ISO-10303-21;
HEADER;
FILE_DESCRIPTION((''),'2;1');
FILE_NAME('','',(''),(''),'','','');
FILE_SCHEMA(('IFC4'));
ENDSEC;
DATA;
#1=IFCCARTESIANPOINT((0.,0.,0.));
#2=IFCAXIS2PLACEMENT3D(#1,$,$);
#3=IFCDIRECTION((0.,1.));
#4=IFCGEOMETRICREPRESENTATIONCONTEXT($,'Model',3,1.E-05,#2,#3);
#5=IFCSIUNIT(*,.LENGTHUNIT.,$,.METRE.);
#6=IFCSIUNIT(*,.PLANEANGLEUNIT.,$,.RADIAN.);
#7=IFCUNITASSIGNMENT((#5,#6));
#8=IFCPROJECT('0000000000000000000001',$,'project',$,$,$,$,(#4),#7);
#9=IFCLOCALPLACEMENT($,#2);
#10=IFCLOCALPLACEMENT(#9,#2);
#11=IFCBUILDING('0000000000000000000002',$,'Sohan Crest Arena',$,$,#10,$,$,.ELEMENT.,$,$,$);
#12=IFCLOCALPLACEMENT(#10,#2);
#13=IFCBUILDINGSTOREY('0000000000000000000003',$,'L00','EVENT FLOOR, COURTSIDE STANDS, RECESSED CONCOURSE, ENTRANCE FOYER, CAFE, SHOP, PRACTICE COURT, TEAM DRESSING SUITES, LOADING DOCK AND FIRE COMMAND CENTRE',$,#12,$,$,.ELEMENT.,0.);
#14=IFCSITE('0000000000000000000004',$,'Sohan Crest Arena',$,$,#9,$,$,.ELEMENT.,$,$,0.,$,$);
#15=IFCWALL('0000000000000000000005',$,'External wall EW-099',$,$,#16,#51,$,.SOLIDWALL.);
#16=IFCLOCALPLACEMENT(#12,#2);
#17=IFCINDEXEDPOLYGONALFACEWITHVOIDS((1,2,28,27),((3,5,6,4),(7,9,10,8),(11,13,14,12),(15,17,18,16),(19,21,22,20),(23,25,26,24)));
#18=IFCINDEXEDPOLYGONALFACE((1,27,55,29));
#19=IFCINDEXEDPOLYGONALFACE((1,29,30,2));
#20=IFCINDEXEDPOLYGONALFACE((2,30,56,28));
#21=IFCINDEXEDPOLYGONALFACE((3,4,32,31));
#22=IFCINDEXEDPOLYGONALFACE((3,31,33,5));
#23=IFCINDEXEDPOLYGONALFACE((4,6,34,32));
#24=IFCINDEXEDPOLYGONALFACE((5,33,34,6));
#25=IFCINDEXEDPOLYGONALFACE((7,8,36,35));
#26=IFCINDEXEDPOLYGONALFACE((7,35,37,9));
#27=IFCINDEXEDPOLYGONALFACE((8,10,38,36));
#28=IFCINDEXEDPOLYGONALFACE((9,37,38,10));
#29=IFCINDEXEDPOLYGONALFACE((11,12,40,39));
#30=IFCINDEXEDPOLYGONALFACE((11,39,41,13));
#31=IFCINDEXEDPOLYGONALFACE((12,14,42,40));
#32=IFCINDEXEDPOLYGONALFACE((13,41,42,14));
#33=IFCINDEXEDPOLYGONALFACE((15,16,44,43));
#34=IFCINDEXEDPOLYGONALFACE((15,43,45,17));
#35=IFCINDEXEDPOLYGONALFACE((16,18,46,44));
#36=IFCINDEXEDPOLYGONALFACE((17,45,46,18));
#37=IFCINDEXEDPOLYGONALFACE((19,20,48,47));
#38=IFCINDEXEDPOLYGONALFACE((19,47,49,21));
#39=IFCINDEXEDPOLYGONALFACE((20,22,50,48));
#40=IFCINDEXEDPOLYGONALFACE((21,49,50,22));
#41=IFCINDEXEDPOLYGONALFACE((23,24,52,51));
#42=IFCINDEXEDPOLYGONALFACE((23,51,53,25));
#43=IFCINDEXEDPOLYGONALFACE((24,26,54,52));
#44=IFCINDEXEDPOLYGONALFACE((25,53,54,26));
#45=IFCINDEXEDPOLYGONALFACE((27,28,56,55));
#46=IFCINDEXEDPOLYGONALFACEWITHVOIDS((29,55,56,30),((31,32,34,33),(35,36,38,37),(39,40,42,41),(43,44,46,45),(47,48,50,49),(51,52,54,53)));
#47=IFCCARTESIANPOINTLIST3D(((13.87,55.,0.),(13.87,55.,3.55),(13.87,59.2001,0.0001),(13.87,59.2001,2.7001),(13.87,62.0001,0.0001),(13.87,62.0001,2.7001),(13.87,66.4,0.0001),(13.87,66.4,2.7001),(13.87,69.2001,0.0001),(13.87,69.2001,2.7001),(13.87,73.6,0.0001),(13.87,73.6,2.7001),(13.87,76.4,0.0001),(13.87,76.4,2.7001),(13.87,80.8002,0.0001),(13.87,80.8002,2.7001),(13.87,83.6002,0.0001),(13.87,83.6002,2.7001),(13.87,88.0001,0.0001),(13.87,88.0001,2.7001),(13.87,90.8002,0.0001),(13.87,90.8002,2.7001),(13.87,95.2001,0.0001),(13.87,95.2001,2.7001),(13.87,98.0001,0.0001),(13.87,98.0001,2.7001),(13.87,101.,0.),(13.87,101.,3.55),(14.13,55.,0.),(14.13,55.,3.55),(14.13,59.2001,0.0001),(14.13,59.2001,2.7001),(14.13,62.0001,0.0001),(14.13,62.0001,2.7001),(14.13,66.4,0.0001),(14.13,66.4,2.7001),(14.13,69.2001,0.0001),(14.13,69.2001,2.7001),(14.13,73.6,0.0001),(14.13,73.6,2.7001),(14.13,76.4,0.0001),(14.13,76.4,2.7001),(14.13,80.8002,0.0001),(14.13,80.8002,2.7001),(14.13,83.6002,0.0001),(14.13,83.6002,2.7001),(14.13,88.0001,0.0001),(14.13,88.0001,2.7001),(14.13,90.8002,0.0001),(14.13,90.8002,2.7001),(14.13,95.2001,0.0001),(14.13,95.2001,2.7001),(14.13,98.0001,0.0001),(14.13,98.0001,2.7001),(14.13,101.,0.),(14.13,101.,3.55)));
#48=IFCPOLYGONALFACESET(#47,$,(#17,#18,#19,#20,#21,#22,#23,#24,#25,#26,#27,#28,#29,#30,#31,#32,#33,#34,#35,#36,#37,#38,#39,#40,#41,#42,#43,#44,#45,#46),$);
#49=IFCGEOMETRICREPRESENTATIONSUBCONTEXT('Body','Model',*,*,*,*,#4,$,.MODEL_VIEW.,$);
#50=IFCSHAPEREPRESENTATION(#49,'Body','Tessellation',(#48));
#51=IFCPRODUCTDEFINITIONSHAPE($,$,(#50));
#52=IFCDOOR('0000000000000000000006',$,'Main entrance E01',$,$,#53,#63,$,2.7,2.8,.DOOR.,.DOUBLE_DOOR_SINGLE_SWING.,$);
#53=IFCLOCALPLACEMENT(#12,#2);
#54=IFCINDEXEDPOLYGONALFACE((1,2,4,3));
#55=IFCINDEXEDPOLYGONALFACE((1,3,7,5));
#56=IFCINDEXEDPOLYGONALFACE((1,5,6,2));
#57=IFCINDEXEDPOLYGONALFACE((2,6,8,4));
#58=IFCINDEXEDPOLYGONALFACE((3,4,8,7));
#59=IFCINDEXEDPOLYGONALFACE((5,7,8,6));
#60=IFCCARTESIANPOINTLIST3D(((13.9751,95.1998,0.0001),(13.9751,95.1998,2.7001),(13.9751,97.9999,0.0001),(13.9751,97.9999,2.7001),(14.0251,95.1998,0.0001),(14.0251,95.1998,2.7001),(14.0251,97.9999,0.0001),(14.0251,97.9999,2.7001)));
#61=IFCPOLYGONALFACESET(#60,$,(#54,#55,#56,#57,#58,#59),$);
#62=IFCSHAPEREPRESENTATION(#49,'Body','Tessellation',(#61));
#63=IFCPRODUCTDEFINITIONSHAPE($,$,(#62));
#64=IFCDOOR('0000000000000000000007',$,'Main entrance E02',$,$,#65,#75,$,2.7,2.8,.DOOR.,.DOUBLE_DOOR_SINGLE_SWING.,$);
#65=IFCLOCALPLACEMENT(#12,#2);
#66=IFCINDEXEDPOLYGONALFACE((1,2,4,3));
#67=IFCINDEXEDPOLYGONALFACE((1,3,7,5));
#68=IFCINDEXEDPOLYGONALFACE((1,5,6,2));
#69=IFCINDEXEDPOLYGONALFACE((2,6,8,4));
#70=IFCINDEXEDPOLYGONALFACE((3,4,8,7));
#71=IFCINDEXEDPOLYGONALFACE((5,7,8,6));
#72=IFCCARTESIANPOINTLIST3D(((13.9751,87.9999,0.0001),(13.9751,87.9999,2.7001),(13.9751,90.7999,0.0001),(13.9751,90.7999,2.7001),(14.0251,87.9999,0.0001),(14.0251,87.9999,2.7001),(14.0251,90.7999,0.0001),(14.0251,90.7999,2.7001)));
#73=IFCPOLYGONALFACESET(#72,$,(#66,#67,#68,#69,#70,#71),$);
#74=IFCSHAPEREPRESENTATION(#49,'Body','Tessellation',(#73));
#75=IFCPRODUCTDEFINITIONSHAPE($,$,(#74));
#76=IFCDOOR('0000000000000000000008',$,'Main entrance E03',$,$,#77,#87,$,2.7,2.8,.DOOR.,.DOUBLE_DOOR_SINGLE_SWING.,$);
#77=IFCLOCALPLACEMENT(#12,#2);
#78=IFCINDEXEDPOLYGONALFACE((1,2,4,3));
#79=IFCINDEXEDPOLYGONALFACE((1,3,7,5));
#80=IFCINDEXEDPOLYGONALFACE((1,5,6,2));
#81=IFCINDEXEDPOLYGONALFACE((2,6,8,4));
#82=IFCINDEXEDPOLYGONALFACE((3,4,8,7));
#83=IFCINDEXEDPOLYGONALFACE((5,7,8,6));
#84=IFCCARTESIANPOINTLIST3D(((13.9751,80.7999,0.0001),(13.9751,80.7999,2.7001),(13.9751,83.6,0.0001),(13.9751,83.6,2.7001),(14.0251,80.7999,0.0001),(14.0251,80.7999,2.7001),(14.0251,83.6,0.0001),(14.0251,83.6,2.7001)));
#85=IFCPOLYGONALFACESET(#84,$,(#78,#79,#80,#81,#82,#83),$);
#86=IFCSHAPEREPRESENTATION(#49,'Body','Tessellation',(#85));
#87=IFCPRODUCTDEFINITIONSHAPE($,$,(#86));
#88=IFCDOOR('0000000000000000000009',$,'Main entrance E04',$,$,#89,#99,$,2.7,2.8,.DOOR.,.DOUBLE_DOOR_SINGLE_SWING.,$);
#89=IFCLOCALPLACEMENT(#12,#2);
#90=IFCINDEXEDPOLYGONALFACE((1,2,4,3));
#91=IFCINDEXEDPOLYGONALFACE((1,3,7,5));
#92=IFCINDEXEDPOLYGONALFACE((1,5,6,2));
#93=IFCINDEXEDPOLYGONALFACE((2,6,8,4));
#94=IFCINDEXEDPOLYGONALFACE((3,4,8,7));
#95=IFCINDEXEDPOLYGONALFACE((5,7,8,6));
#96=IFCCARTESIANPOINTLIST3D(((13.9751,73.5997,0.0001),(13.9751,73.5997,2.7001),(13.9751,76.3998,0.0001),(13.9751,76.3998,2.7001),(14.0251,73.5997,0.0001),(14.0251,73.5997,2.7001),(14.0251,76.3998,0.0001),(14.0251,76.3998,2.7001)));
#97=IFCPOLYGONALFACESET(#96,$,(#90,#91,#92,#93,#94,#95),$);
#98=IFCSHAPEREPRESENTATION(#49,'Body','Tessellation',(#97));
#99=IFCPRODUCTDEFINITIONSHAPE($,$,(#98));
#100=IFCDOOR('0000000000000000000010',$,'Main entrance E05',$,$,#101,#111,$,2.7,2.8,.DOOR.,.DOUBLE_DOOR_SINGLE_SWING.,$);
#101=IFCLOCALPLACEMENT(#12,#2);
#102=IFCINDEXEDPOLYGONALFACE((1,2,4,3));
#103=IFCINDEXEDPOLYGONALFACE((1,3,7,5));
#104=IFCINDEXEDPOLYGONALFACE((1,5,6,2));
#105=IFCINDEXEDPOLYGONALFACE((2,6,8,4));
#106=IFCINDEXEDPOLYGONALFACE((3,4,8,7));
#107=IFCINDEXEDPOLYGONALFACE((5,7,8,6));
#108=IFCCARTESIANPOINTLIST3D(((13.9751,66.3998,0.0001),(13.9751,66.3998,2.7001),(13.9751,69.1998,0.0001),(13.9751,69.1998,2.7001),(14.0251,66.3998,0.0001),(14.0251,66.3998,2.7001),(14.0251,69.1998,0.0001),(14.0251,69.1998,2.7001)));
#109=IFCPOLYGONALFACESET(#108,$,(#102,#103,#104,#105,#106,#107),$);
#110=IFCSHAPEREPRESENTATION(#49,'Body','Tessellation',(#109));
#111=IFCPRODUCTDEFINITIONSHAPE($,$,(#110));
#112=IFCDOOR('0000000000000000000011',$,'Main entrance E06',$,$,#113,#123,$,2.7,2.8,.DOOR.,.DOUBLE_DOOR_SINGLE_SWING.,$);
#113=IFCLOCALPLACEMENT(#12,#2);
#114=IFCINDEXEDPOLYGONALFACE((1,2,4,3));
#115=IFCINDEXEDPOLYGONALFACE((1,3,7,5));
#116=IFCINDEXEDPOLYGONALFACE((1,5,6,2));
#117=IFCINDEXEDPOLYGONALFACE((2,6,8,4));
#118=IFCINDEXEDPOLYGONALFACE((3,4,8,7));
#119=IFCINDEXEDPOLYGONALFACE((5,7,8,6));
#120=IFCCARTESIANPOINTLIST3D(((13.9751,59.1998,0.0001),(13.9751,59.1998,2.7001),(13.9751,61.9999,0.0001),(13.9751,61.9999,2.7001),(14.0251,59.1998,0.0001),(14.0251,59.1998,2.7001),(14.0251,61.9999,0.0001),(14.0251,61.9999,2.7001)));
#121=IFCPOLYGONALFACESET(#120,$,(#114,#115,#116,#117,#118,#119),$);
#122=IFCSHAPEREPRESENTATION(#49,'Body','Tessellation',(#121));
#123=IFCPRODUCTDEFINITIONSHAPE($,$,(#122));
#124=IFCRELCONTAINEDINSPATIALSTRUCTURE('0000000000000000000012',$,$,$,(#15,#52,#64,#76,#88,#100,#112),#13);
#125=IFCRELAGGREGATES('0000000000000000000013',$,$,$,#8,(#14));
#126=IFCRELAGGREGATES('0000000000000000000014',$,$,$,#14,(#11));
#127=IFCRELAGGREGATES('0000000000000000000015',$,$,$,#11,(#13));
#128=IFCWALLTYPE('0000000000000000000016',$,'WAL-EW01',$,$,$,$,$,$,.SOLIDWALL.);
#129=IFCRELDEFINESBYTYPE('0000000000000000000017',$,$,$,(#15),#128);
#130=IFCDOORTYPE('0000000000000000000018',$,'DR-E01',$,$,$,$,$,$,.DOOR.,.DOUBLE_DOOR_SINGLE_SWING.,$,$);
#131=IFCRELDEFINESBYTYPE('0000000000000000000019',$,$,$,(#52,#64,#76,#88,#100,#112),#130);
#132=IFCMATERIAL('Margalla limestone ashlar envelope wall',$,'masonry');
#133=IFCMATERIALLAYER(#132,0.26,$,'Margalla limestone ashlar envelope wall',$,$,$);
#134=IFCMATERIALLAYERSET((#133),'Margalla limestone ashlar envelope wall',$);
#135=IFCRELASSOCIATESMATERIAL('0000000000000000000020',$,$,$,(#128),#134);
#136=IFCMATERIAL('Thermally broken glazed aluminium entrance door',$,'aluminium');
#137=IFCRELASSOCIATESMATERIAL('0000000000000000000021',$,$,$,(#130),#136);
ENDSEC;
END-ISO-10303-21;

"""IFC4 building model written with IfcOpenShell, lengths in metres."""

from ifc_helpers import new_model, si_unit, direction, frame, frame_2d, origin, place, context, subcontext, project, spatial, rectangle, extrude, material, layer, layer_set, type_object, element, fill, save


model = new_model("IFC4")

# Units and contexts
model_context = context("Model", 3, precision=1e-05, world=origin(), true_north=direction((0.0, 1.0)))
body_context = subcontext(model_context, "Body", "Model", "MODEL_VIEW")
ifc_project = project(units=[si_unit("LENGTHUNIT", "METRE"), si_unit("PLANEANGLEUNIT", "RADIAN")], contexts=[model_context])

# Site, building, storey
site_placement = place(None, origin())
site = spatial("IfcSite", under=ifc_project, at=site_placement, Name="Sohan Crest Arena", CompositionType="ELEMENT", RefElevation=0.0)
building_placement = place(site_placement, origin())
building = spatial("IfcBuilding", under=site, at=building_placement, Name="Sohan Crest Arena", CompositionType="ELEMENT")
storey_placement = place(building_placement, origin())
storey = spatial("IfcBuildingStorey", under=building, at=storey_placement, Name="L00", Description="EVENT FLOOR, COURTSIDE STANDS, RECESSED CONCOURSE, ENTRANCE FOYER, CAFE, SHOP, PRACTICE COURT, TEAM DRESSING SUITES, LOADING DOCK AND FIRE COMMAND CENTRE", CompositionType="ELEMENT", Elevation=0.0)

# Wall, openings, doors
ifc_material_1 = material(Name="Margalla limestone ashlar envelope wall", Category="masonry")
ifc_layer_1 = layer(ifc_material_1, 0.26, Name="Margalla limestone ashlar envelope wall")
ifc_layer_set_1 = layer_set([ifc_layer_1], Name="Margalla limestone ashlar envelope wall")
wall_type = type_object("IfcWallType", Name="WAL-EW01", PredefinedType="SOLIDWALL", material=ifc_layer_set_1)
wall_placement = place(storey_placement, frame((14.0, 101.0, 0.0), z_axis=(0.0, 0.0, 1.0), x_axis=(0.0, -1.0, 0.0)))
wall = element("IfcWall", 1, at=wall_placement, inside=storey, type_object=wall_type, Name="External wall EW-099", PredefinedType="SOLIDWALL", context=body_context, shape_type="SweptSolid", body=[
    extrude(rectangle(XDim=46.0, YDim=0.26, at=frame_2d((23.0, 0.0))), origin(), (0.0, 0.0, 1.0), 3.55),
])
opening_1_placement = place(wall_placement, frame((3.0, 0.0, 0.0)))
opening_1 = element("IfcOpeningElement", 2, at=opening_1_placement, cuts=wall, PredefinedType="OPENING", context=body_context, shape_type="SweptSolid", body=[
    extrude(rectangle(XDim=2.8, YDim=2.7, at=frame_2d((1.3999, 1.3501))), frame((0.0, 0.1399, 0.0), z_axis=(0.0, -1.0, 0.0), x_axis=(1.0, 0.0, 0.0)), (0.0, 0.0, 1.0), 0.28),
])
opening_2_placement = place(wall_placement, frame((10.2, 0.0, 0.0)))
opening_2 = element("IfcOpeningElement", 3, at=opening_2_placement, cuts=wall, PredefinedType="OPENING", context=body_context, shape_type="SweptSolid", body=[
    extrude(rectangle(XDim=2.8, YDim=2.7, at=frame_2d((1.3999, 1.3501))), frame((0.0, 0.1399, 0.0), z_axis=(0.0, -1.0, 0.0), x_axis=(1.0, 0.0, 0.0)), (0.0, 0.0, 1.0), 0.28),
])
opening_3_placement = place(wall_placement, frame((17.3999, 0.0, 0.0)))
opening_3 = element("IfcOpeningElement", 4, at=opening_3_placement, cuts=wall, PredefinedType="OPENING", context=body_context, shape_type="SweptSolid", body=[
    extrude(rectangle(XDim=2.8, YDim=2.7, at=frame_2d((1.3999, 1.3501))), frame((0.0, 0.1399, 0.0), z_axis=(0.0, -1.0, 0.0), x_axis=(1.0, 0.0, 0.0)), (0.0, 0.0, 1.0), 0.28),
])
opening_4_placement = place(wall_placement, frame((24.6001, 0.0, 0.0)))
opening_4 = element("IfcOpeningElement", 5, at=opening_4_placement, cuts=wall, PredefinedType="OPENING", context=body_context, shape_type="SweptSolid", body=[
    extrude(rectangle(XDim=2.8, YDim=2.7, at=frame_2d((1.3999, 1.3501))), frame((0.0, 0.1399, 0.0), z_axis=(0.0, -1.0, 0.0), x_axis=(1.0, 0.0, 0.0)), (0.0, 0.0, 1.0), 0.28),
])
opening_5_placement = place(wall_placement, frame((31.8, 0.0, 0.0)))
opening_5 = element("IfcOpeningElement", 6, at=opening_5_placement, cuts=wall, PredefinedType="OPENING", context=body_context, shape_type="SweptSolid", body=[
    extrude(rectangle(XDim=2.8, YDim=2.7, at=frame_2d((1.3999, 1.3501))), frame((0.0, 0.1399, 0.0), z_axis=(0.0, -1.0, 0.0), x_axis=(1.0, 0.0, 0.0)), (0.0, 0.0, 1.0), 0.28),
])
opening_6_placement = place(wall_placement, frame((39.0, 0.0, 0.0)))
opening_6 = element("IfcOpeningElement", 7, at=opening_6_placement, cuts=wall, PredefinedType="OPENING", context=body_context, shape_type="SweptSolid", body=[
    extrude(rectangle(XDim=2.8, YDim=2.7, at=frame_2d((1.3999, 1.3501))), frame((0.0, 0.1399, 0.0), z_axis=(0.0, -1.0, 0.0), x_axis=(1.0, 0.0, 0.0)), (0.0, 0.0, 1.0), 0.28),
])
ifc_material_2 = material(Name="Thermally broken glazed aluminium entrance door", Category="aluminium")
door_type = type_object("IfcDoorType", Name="DR-E01", OperationType="DOUBLE_DOOR_SINGLE_SWING", PredefinedType="DOOR", material=ifc_material_2)
door_1_placement = place(opening_1_placement, frame((2.8, 0.0, 0.0), z_axis=(0.0, 0.0, 1.0), x_axis=(-1.0, 0.0, 0.0)))
door_1 = element("IfcDoor", 8, at=door_1_placement, inside=storey, type_object=door_type, Name="Main entrance E01", OperationType="DOUBLE_DOOR_SINGLE_SWING", OverallHeight=2.7, OverallWidth=2.8, PredefinedType="DOOR", context=body_context, shape_type="SweptSolid", body=[
    extrude(rectangle(XDim=2.8, YDim=2.7, at=frame_2d((1.3999, 1.3501))), frame((0.0, 0.0249, 0.0), z_axis=(0.0, -1.0, 0.0), x_axis=(1.0, 0.0, 0.0)), (0.0, 0.0, 1.0), 0.05),
])
fill(opening_1, door_1)
door_2_placement = place(opening_2_placement, frame((2.8, 0.0, 0.0), z_axis=(0.0, 0.0, 1.0), x_axis=(-1.0, 0.0, 0.0)))
door_2 = element("IfcDoor", 9, at=door_2_placement, inside=storey, type_object=door_type, Name="Main entrance E02", OperationType="DOUBLE_DOOR_SINGLE_SWING", OverallHeight=2.7, OverallWidth=2.8, PredefinedType="DOOR", context=body_context, shape_type="SweptSolid", body=[
    extrude(rectangle(XDim=2.8, YDim=2.7, at=frame_2d((1.3999, 1.3501))), frame((0.0, 0.0249, 0.0), z_axis=(0.0, -1.0, 0.0), x_axis=(1.0, 0.0, 0.0)), (0.0, 0.0, 1.0), 0.05),
])
fill(opening_2, door_2)
door_3_placement = place(opening_3_placement, frame((2.8, 0.0, 0.0), z_axis=(0.0, 0.0, 1.0), x_axis=(-1.0, 0.0, 0.0)))
door_3 = element("IfcDoor", 10, at=door_3_placement, inside=storey, type_object=door_type, Name="Main entrance E03", OperationType="DOUBLE_DOOR_SINGLE_SWING", OverallHeight=2.7, OverallWidth=2.8, PredefinedType="DOOR", context=body_context, shape_type="SweptSolid", body=[
    extrude(rectangle(XDim=2.8, YDim=2.7, at=frame_2d((1.3999, 1.3501))), frame((0.0, 0.0249, 0.0), z_axis=(0.0, -1.0, 0.0), x_axis=(1.0, 0.0, 0.0)), (0.0, 0.0, 1.0), 0.05),
])
fill(opening_3, door_3)
door_4_placement = place(opening_4_placement, frame((2.8, 0.0, 0.0), z_axis=(0.0, 0.0, 1.0), x_axis=(-1.0, 0.0, 0.0)))
door_4 = element("IfcDoor", 11, at=door_4_placement, inside=storey, type_object=door_type, Name="Main entrance E04", OperationType="DOUBLE_DOOR_SINGLE_SWING", OverallHeight=2.7, OverallWidth=2.8, PredefinedType="DOOR", context=body_context, shape_type="SweptSolid", body=[
    extrude(rectangle(XDim=2.8, YDim=2.7, at=frame_2d((1.3999, 1.3501))), frame((0.0, 0.0249, 0.0), z_axis=(0.0, -1.0, 0.0), x_axis=(1.0, 0.0, 0.0)), (0.0, 0.0, 1.0), 0.05),
])
fill(opening_4, door_4)
door_5_placement = place(opening_5_placement, frame((2.8, 0.0, 0.0), z_axis=(0.0, 0.0, 1.0), x_axis=(-1.0, 0.0, 0.0)))
door_5 = element("IfcDoor", 12, at=door_5_placement, inside=storey, type_object=door_type, Name="Main entrance E05", OperationType="DOUBLE_DOOR_SINGLE_SWING", OverallHeight=2.7, OverallWidth=2.8, PredefinedType="DOOR", context=body_context, shape_type="SweptSolid", body=[
    extrude(rectangle(XDim=2.8, YDim=2.7, at=frame_2d((1.3999, 1.3501))), frame((0.0, 0.0249, 0.0), z_axis=(0.0, -1.0, 0.0), x_axis=(1.0, 0.0, 0.0)), (0.0, 0.0, 1.0), 0.05),
])
fill(opening_5, door_5)
door_6_placement = place(opening_6_placement, frame((2.8, 0.0, 0.0), z_axis=(0.0, 0.0, 1.0), x_axis=(-1.0, 0.0, 0.0)))
door_6 = element("IfcDoor", 13, at=door_6_placement, inside=storey, type_object=door_type, Name="Main entrance E06", OperationType="DOUBLE_DOOR_SINGLE_SWING", OverallHeight=2.7, OverallWidth=2.8, PredefinedType="DOOR", context=body_context, shape_type="SweptSolid", body=[
    extrude(rectangle(XDim=2.8, YDim=2.7, at=frame_2d((1.3999, 1.3501))), frame((0.0, 0.0249, 0.0), z_axis=(0.0, -1.0, 0.0), x_axis=(1.0, 0.0, 0.0)), (0.0, 0.0, 1.0), 0.05),
])
fill(opening_6, door_6)

save(model, "model.ifc")
